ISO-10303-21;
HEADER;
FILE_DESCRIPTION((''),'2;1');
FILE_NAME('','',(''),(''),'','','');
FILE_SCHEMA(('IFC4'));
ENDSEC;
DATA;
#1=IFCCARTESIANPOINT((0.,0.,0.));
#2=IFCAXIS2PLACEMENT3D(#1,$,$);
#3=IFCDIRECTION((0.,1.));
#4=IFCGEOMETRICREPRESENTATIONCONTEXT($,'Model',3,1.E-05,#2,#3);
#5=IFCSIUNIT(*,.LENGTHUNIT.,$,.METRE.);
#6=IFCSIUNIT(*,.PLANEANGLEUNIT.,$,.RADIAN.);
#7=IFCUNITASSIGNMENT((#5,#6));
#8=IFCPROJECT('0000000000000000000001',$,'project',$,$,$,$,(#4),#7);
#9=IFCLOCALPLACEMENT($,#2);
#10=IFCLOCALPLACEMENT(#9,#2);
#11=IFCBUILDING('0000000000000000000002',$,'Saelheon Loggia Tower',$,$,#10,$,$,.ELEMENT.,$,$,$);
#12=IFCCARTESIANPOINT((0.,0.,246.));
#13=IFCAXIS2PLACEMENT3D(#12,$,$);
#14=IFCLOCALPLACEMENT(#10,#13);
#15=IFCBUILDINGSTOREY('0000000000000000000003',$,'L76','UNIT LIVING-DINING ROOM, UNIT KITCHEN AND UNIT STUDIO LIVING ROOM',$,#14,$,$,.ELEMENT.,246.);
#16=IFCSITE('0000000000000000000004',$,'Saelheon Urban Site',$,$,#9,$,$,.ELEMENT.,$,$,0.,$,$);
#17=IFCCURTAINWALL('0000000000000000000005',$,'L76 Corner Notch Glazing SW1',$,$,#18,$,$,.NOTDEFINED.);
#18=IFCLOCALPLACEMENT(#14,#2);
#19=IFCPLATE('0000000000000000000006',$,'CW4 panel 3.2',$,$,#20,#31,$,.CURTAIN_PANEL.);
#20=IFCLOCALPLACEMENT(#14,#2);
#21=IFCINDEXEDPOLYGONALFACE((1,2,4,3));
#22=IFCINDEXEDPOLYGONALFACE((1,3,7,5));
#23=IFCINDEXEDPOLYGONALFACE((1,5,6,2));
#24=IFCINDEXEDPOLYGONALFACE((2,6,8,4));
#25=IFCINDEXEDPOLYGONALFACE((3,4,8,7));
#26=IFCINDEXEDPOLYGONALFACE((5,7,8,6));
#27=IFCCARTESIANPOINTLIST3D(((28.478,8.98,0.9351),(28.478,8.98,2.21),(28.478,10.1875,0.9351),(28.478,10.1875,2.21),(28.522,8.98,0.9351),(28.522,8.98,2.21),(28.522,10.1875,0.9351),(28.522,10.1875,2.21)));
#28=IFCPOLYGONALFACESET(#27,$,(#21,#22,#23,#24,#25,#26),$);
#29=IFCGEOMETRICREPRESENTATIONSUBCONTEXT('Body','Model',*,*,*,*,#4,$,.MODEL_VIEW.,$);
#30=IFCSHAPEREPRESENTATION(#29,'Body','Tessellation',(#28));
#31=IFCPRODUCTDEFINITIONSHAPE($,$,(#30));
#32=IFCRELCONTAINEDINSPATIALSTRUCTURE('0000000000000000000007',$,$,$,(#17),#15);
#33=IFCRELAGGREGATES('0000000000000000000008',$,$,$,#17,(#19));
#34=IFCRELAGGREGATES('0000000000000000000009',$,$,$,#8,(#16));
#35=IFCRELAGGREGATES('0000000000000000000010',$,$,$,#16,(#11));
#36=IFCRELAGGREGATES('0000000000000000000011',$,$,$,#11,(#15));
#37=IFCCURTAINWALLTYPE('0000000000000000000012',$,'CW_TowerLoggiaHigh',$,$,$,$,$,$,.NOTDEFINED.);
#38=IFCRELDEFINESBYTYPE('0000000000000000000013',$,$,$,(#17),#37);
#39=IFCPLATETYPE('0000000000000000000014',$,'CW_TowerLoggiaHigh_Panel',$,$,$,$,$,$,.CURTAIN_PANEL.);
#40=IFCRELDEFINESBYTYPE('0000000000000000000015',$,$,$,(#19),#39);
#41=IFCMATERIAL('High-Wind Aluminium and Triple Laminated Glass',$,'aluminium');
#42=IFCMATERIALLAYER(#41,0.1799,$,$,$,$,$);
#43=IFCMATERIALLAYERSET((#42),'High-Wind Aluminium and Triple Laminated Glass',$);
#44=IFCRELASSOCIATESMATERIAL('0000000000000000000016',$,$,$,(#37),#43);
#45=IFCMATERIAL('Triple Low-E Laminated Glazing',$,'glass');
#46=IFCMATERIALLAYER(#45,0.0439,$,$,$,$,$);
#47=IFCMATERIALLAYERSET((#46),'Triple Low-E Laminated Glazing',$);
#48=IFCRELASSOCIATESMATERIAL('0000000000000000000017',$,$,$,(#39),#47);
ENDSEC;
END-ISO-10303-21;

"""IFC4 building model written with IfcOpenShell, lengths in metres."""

from ifc_helpers import new_model, si_unit, direction, frame, origin, origin_2d, place, context, subcontext, project, spatial, rectangle, extrude, source, transform, mapped, material, layer, layer_set, type_object, element, aggregate, save


model = new_model("IFC4")

# Units and contexts
model_context = context("Model", 3, precision=1e-05, world=origin(), true_north=direction((0.0, 1.0)))
body_context = subcontext(model_context, "Body", "Model", "MODEL_VIEW")
ifc_project = project(units=[si_unit("LENGTHUNIT", "METRE"), si_unit("PLANEANGLEUNIT", "RADIAN")], contexts=[model_context])

# Site, building, storey
site_placement = place(None, origin())
site = spatial("IfcSite", under=ifc_project, at=site_placement, Name="Saelheon Urban Site", CompositionType="ELEMENT", RefElevation=0.0)
building_placement = place(site_placement, origin())
building = spatial("IfcBuilding", under=site, at=building_placement, Name="Saelheon Loggia Tower", CompositionType="ELEMENT")
storey_placement = place(building_placement, frame((0.0, 0.0, 246.0)))
storey = spatial("IfcBuildingStorey", under=building, at=storey_placement, Name="L76", Description="UNIT LIVING-DINING ROOM, UNIT KITCHEN AND UNIT STUDIO LIVING ROOM", CompositionType="ELEMENT", Elevation=246.0)

# Curtain wall, plate
ifc_material_1 = material(Name="High-Wind Aluminium and Triple Laminated Glass", Category="aluminium")
ifc_layer_1 = layer(ifc_material_1, 0.1799)
ifc_layer_set_1 = layer_set([ifc_layer_1], Name="High-Wind Aluminium and Triple Laminated Glass")
curtain_wall_type = type_object("IfcCurtainWallType", Name="CW_TowerLoggiaHigh", PredefinedType="NOTDEFINED", material=ifc_layer_set_1)
curtain_wall_placement = place(storey_placement, origin())
curtain_wall = element("IfcCurtainWall", 1, at=curtain_wall_placement, inside=storey, type_object=curtain_wall_type, Name="L76 Corner Notch Glazing SW1", PredefinedType="NOTDEFINED")
ifc_material_2 = material(Name="Triple Low-E Laminated Glazing", Category="glass")
ifc_layer_2 = layer(ifc_material_2, 0.0439)
ifc_layer_set_2 = layer_set([ifc_layer_2], Name="Triple Low-E Laminated Glazing")
plate_type = type_object("IfcPlateType", Name="CW_TowerLoggiaHigh_Panel", PredefinedType="CURTAIN_PANEL", material=ifc_layer_set_2)
shared_shape_1 = source(origin(), body_context, "Body", "SweptSolid", [
    extrude(rectangle(XDim=1.2075, YDim=0.0439, at=origin_2d()), origin(), (0.0, 0.0, 1.0), 1.2749),
])
plate_1_placement = place(storey_placement, frame((28.5, 9.5837, 0.9351), z_axis=(0.0, 0.0, 1.0), x_axis=(0.0, 1.0, 0.0)))
plate_1 = element("IfcPlate", 2, at=plate_1_placement, type_object=plate_type, Name="CW4 panel 3.2", PredefinedType="CURTAIN_PANEL", context=body_context, shape_type="MappedRepresentation", body=[
    mapped(shared_shape_1, transform((0.0, 0.0, 0.0), scale=1.0)),
])
aggregate(curtain_wall, [plate_1])

save(model, "model.ifc")
